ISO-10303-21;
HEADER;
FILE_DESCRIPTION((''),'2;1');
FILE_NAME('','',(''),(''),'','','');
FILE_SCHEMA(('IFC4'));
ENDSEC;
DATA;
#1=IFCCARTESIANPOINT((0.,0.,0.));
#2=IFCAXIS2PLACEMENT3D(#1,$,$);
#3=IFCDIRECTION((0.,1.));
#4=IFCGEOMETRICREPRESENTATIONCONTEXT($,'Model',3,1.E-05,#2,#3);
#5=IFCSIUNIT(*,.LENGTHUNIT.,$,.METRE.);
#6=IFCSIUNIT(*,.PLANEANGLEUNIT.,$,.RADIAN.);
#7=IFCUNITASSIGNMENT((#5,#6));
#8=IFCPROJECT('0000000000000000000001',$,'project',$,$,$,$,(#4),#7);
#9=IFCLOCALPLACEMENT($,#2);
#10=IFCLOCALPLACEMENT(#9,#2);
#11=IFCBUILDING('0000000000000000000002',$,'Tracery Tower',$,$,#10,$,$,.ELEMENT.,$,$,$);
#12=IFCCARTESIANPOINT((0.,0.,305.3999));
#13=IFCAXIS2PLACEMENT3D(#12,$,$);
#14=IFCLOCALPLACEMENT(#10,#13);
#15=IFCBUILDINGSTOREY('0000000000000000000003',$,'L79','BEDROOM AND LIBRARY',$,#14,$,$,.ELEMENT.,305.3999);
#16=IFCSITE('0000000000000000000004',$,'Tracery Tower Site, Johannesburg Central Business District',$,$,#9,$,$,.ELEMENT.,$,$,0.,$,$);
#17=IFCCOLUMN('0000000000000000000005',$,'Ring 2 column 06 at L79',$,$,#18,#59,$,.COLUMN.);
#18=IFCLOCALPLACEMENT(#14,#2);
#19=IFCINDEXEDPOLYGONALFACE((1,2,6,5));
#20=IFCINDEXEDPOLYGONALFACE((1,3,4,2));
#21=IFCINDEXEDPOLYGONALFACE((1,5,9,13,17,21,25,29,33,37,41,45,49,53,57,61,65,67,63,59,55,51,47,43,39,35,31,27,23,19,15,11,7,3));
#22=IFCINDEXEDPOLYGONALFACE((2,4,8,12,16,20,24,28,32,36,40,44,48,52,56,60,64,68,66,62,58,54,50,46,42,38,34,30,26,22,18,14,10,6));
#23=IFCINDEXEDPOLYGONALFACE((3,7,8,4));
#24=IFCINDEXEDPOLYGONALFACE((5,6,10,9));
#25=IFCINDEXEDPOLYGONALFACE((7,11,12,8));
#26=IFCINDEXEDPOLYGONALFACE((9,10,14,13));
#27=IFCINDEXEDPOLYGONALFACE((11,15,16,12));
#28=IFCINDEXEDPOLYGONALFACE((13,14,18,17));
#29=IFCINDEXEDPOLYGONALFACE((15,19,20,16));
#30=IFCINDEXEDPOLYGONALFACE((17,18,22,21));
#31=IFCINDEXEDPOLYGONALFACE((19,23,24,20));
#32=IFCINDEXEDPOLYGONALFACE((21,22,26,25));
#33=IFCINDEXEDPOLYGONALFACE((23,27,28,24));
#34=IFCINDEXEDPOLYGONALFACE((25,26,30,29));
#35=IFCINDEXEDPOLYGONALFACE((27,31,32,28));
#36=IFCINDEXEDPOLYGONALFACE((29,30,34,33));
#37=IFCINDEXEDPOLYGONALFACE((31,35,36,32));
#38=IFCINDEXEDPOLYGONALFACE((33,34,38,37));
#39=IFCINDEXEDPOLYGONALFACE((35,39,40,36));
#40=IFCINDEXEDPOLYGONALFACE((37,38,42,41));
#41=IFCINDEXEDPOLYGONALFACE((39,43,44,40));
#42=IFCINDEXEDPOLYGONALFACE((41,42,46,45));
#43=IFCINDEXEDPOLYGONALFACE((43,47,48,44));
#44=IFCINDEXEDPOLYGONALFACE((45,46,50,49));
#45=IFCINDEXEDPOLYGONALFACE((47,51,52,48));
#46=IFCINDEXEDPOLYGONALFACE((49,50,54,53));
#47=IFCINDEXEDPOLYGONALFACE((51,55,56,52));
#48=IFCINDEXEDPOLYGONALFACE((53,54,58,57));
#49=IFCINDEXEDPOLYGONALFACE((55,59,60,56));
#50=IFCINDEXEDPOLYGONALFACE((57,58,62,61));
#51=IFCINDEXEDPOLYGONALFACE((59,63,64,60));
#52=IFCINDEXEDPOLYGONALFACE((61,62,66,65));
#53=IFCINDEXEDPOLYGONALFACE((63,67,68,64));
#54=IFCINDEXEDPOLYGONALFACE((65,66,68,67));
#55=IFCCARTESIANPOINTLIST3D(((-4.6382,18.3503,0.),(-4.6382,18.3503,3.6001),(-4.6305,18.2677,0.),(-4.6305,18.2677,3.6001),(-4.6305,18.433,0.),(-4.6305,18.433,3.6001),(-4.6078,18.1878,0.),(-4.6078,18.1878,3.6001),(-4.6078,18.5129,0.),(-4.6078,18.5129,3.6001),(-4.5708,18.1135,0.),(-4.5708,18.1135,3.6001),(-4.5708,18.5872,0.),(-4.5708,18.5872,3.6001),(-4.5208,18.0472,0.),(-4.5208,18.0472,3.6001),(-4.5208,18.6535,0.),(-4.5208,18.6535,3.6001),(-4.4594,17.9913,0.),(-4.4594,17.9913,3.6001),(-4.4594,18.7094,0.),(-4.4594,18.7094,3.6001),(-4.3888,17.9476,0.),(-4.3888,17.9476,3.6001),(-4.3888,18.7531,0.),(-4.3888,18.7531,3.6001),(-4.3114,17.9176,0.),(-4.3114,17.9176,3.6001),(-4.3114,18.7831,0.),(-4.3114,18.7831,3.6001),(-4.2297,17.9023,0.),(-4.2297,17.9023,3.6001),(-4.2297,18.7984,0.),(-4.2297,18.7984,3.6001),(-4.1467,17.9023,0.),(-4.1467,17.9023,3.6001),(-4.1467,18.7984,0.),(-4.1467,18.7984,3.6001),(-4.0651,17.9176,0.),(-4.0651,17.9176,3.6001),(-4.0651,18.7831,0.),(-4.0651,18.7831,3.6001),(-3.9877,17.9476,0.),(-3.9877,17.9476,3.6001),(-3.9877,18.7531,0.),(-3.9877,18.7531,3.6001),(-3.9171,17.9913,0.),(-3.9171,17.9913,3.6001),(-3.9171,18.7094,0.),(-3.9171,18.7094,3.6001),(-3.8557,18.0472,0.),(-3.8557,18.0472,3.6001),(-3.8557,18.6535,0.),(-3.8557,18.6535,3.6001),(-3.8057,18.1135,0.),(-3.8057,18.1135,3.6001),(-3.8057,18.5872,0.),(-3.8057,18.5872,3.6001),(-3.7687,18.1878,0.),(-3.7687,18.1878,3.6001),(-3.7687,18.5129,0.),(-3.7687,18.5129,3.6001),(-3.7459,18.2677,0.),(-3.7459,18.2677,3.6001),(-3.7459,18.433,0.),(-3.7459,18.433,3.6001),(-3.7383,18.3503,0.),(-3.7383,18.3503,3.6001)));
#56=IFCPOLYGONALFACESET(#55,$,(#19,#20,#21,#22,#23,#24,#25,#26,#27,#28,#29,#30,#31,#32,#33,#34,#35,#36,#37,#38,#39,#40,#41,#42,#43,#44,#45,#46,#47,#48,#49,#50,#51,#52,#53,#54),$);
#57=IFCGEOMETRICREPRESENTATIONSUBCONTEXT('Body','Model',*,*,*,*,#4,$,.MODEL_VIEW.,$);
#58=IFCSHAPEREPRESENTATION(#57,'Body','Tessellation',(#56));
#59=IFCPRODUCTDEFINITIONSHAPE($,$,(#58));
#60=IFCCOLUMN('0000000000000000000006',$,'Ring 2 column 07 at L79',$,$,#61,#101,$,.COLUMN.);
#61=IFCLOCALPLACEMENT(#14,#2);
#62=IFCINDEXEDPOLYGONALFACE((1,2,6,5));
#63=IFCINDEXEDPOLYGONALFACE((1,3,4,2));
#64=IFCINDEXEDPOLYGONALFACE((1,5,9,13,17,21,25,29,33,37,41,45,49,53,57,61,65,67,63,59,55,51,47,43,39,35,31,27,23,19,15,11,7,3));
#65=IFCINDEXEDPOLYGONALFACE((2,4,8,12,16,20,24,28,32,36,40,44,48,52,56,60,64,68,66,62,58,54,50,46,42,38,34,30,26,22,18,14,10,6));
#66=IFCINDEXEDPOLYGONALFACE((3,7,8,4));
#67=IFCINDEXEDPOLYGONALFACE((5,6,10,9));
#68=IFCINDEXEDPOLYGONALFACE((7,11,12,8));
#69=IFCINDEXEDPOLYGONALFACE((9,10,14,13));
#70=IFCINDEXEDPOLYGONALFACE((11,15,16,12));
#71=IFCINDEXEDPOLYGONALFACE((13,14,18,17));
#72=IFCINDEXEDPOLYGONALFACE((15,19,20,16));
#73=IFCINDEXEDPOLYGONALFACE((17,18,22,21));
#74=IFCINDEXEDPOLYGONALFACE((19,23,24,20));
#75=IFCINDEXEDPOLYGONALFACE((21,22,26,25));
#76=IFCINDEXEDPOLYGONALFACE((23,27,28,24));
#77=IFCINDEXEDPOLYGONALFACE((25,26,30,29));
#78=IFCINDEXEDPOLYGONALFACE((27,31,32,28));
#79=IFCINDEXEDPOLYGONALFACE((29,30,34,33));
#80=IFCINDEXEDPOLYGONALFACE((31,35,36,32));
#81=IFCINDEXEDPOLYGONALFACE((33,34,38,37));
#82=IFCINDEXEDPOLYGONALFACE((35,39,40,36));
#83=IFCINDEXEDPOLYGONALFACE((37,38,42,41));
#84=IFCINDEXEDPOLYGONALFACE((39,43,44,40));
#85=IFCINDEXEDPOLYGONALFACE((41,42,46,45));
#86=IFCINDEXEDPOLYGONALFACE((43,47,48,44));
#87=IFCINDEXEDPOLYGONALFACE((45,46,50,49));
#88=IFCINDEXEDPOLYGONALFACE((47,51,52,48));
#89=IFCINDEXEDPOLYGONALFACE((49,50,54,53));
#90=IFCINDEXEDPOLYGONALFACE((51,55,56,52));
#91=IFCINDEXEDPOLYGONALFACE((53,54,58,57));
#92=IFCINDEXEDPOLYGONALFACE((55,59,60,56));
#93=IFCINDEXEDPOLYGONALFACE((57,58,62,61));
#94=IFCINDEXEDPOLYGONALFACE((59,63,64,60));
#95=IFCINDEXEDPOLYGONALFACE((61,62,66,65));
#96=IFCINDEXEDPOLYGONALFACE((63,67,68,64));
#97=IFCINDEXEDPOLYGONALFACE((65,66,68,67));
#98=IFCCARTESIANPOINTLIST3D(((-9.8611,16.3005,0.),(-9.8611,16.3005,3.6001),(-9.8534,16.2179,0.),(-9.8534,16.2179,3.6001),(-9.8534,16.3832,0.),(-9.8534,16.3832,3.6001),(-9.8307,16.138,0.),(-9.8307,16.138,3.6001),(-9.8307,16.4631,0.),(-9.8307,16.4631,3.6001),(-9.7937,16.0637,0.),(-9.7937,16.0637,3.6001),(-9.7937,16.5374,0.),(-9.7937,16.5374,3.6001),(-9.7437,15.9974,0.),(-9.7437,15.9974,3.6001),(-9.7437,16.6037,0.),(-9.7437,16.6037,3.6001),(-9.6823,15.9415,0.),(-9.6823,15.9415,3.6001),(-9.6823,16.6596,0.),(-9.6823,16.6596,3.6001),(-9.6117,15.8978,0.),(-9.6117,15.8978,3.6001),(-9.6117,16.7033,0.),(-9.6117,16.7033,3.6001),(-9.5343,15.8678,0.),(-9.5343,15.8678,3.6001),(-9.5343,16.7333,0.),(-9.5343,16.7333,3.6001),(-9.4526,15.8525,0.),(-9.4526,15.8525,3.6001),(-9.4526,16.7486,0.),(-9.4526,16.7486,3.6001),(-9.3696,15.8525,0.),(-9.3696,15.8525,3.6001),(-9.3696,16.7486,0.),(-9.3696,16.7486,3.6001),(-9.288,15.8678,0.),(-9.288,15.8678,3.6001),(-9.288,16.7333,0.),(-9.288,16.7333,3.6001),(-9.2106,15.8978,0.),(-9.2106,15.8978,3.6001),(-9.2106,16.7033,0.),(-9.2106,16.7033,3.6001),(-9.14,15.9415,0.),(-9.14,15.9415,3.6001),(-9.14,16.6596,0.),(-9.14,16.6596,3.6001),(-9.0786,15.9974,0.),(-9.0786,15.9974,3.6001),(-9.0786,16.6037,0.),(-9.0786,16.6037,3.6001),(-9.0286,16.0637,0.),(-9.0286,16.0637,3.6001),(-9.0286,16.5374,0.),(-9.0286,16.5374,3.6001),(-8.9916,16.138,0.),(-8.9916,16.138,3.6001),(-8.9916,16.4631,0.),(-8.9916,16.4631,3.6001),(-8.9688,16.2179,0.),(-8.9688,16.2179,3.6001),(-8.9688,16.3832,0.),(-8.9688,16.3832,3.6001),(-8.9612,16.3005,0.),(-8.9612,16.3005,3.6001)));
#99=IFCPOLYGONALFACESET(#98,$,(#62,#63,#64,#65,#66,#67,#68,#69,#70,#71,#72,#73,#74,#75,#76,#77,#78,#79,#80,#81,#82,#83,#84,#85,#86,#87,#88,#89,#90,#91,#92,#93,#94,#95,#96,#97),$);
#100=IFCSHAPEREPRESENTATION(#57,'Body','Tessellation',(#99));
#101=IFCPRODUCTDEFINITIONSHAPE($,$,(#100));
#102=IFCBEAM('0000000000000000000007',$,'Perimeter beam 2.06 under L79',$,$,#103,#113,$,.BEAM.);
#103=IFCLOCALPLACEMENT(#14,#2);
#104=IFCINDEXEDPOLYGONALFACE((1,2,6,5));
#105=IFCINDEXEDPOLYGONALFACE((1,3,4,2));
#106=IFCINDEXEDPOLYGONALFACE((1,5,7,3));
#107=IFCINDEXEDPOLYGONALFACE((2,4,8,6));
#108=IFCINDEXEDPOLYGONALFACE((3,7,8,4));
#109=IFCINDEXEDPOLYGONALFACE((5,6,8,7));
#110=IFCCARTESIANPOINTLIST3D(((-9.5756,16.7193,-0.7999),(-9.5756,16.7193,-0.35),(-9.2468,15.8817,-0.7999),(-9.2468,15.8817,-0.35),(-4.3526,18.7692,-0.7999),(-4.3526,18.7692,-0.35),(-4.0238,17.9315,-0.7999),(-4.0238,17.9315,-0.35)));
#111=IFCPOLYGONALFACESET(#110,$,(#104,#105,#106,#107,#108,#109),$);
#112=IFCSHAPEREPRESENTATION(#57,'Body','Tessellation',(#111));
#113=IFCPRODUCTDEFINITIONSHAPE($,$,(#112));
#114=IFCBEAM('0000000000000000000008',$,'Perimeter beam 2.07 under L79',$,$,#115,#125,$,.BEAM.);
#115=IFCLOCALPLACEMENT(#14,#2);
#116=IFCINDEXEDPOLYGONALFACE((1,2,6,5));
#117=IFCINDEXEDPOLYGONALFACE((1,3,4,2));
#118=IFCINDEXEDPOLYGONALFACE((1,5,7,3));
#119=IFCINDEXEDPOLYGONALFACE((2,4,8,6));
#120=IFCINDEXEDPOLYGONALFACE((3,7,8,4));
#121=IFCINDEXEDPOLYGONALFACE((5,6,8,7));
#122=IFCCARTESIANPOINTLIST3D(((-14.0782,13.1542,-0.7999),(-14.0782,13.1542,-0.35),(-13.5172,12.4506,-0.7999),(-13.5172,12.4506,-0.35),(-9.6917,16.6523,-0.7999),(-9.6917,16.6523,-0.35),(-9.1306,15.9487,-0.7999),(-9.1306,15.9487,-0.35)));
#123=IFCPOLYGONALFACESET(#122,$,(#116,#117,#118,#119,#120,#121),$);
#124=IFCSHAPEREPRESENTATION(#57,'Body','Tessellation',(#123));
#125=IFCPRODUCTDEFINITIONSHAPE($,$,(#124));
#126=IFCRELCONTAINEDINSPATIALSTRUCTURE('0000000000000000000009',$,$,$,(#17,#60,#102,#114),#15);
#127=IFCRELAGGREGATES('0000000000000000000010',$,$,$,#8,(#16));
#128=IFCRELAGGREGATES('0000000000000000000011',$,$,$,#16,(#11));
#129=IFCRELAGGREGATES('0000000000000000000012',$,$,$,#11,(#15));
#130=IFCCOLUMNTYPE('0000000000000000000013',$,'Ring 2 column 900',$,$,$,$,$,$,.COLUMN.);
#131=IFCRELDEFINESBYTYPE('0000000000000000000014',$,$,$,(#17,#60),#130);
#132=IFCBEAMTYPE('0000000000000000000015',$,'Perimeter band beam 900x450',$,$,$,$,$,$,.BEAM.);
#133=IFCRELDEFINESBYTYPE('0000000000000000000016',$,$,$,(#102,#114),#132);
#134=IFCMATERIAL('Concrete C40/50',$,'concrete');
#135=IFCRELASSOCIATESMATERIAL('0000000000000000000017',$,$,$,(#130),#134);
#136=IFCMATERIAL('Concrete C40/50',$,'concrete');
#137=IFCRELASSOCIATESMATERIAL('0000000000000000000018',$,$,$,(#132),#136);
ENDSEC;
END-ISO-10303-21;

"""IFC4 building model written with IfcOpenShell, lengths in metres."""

from ifc_helpers import new_model, si_unit, direction, frame, origin, origin_2d, place, context, subcontext, project, spatial, rectangle, circle, extrude, material, material_profile, profile_set, type_object, element, save


model = new_model("IFC4")

# Units and contexts
model_context = context("Model", 3, precision=1e-05, world=origin(), true_north=direction((0.0, 1.0)))
body_context = subcontext(model_context, "Body", "Model", "MODEL_VIEW")
ifc_project = project(units=[si_unit("LENGTHUNIT", "METRE"), si_unit("PLANEANGLEUNIT", "RADIAN")], contexts=[model_context])

# Site, building, storey
site_placement = place(None, origin())
site = spatial("IfcSite", under=ifc_project, at=site_placement, Name="Tracery Tower Site, Johannesburg Central Business District", CompositionType="ELEMENT", RefElevation=0.0)
building_placement = place(site_placement, origin())
building = spatial("IfcBuilding", under=site, at=building_placement, Name="Tracery Tower", CompositionType="ELEMENT")
storey_placement = place(building_placement, frame((0.0, 0.0, 305.3999)))
storey = spatial("IfcBuildingStorey", under=building, at=storey_placement, Name="L79", Description="BEDROOM AND LIBRARY", CompositionType="ELEMENT", Elevation=305.3999)

# Columns
ifc_material_1 = material(Name="Concrete C40/50", Category="concrete")
ifc_material_profile_1 = material_profile(ifc_material_1, circle(Radius=0.45, at=origin_2d()), Name="RC D900")
ifc_profile_set_1 = profile_set([ifc_material_profile_1], Name="Concrete C40/50")
column_type = type_object("IfcColumnType", Name="Ring 2 column 900", PredefinedType="COLUMN", material=ifc_profile_set_1)
for number, where, z_axis, x_axis, name in (
    (1, (-4.1882, 18.3503, 0.0), (0.0, 0.0, 1.0), (1.0, 0.0, 0.0), "Ring 2 column 06 at L79"),
    (2, (-9.4111, 16.3005, 0.0), (0.0, 0.0, 1.0), (1.0, 0.0, 0.0), "Ring 2 column 07 at L79"),
):
    element("IfcColumn", number, at=place(storey_placement, frame(where, z_axis=z_axis, x_axis=x_axis)), inside=storey, type_object=column_type, Name=name, PredefinedType="COLUMN", context=body_context, shape_type="SweptSolid", body=[
        extrude(circle(Radius=0.45, at=origin_2d()), origin(), (0.0, 0.0, 1.0), 3.6001),
    ])

# Beams
ifc_material_2 = material(Name="Concrete C40/50", Category="concrete")
ifc_material_profile_2 = material_profile(ifc_material_2, rectangle(XDim=0.8999, YDim=0.45, at=origin_2d()), Name="RC 900x450")
ifc_profile_set_2 = profile_set([ifc_material_profile_2], Name="Concrete C40/50")
beam_type = type_object("IfcBeamType", Name="Perimeter band beam 900x450", PredefinedType="BEAM", material=ifc_profile_set_2)
beam_1_placement = place(storey_placement, frame((-4.1882, 18.3503, -0.575), z_axis=(-0.930876, -0.365336, 0.0), x_axis=(0.365336, -0.930876, 0.0)))
element("IfcBeam", 3, at=beam_1_placement, inside=storey, type_object=beam_type, Name="Perimeter beam 2.06 under L79", PredefinedType="BEAM", context=body_context, shape_type="SweptSolid", body=[
    extrude(rectangle(XDim=0.8999, YDim=0.45, at=origin_2d()), origin(), (0.0, 0.0, 1.0), 5.6108),
])
beam_2_placement = place(storey_placement, frame((-9.4111, 16.3005, -0.575), z_axis=(-0.781836, -0.623484, 0.0), x_axis=(0.623484, -0.781836, 0.0)))
element("IfcBeam", 4, at=beam_2_placement, inside=storey, type_object=beam_type, Name="Perimeter beam 2.07 under L79", PredefinedType="BEAM", context=body_context, shape_type="SweptSolid", body=[
    extrude(rectangle(XDim=0.8999, YDim=0.45, at=origin_2d()), origin(), (0.0, 0.0, 1.0), 5.6106),
])

save(model, "model.ifc")
